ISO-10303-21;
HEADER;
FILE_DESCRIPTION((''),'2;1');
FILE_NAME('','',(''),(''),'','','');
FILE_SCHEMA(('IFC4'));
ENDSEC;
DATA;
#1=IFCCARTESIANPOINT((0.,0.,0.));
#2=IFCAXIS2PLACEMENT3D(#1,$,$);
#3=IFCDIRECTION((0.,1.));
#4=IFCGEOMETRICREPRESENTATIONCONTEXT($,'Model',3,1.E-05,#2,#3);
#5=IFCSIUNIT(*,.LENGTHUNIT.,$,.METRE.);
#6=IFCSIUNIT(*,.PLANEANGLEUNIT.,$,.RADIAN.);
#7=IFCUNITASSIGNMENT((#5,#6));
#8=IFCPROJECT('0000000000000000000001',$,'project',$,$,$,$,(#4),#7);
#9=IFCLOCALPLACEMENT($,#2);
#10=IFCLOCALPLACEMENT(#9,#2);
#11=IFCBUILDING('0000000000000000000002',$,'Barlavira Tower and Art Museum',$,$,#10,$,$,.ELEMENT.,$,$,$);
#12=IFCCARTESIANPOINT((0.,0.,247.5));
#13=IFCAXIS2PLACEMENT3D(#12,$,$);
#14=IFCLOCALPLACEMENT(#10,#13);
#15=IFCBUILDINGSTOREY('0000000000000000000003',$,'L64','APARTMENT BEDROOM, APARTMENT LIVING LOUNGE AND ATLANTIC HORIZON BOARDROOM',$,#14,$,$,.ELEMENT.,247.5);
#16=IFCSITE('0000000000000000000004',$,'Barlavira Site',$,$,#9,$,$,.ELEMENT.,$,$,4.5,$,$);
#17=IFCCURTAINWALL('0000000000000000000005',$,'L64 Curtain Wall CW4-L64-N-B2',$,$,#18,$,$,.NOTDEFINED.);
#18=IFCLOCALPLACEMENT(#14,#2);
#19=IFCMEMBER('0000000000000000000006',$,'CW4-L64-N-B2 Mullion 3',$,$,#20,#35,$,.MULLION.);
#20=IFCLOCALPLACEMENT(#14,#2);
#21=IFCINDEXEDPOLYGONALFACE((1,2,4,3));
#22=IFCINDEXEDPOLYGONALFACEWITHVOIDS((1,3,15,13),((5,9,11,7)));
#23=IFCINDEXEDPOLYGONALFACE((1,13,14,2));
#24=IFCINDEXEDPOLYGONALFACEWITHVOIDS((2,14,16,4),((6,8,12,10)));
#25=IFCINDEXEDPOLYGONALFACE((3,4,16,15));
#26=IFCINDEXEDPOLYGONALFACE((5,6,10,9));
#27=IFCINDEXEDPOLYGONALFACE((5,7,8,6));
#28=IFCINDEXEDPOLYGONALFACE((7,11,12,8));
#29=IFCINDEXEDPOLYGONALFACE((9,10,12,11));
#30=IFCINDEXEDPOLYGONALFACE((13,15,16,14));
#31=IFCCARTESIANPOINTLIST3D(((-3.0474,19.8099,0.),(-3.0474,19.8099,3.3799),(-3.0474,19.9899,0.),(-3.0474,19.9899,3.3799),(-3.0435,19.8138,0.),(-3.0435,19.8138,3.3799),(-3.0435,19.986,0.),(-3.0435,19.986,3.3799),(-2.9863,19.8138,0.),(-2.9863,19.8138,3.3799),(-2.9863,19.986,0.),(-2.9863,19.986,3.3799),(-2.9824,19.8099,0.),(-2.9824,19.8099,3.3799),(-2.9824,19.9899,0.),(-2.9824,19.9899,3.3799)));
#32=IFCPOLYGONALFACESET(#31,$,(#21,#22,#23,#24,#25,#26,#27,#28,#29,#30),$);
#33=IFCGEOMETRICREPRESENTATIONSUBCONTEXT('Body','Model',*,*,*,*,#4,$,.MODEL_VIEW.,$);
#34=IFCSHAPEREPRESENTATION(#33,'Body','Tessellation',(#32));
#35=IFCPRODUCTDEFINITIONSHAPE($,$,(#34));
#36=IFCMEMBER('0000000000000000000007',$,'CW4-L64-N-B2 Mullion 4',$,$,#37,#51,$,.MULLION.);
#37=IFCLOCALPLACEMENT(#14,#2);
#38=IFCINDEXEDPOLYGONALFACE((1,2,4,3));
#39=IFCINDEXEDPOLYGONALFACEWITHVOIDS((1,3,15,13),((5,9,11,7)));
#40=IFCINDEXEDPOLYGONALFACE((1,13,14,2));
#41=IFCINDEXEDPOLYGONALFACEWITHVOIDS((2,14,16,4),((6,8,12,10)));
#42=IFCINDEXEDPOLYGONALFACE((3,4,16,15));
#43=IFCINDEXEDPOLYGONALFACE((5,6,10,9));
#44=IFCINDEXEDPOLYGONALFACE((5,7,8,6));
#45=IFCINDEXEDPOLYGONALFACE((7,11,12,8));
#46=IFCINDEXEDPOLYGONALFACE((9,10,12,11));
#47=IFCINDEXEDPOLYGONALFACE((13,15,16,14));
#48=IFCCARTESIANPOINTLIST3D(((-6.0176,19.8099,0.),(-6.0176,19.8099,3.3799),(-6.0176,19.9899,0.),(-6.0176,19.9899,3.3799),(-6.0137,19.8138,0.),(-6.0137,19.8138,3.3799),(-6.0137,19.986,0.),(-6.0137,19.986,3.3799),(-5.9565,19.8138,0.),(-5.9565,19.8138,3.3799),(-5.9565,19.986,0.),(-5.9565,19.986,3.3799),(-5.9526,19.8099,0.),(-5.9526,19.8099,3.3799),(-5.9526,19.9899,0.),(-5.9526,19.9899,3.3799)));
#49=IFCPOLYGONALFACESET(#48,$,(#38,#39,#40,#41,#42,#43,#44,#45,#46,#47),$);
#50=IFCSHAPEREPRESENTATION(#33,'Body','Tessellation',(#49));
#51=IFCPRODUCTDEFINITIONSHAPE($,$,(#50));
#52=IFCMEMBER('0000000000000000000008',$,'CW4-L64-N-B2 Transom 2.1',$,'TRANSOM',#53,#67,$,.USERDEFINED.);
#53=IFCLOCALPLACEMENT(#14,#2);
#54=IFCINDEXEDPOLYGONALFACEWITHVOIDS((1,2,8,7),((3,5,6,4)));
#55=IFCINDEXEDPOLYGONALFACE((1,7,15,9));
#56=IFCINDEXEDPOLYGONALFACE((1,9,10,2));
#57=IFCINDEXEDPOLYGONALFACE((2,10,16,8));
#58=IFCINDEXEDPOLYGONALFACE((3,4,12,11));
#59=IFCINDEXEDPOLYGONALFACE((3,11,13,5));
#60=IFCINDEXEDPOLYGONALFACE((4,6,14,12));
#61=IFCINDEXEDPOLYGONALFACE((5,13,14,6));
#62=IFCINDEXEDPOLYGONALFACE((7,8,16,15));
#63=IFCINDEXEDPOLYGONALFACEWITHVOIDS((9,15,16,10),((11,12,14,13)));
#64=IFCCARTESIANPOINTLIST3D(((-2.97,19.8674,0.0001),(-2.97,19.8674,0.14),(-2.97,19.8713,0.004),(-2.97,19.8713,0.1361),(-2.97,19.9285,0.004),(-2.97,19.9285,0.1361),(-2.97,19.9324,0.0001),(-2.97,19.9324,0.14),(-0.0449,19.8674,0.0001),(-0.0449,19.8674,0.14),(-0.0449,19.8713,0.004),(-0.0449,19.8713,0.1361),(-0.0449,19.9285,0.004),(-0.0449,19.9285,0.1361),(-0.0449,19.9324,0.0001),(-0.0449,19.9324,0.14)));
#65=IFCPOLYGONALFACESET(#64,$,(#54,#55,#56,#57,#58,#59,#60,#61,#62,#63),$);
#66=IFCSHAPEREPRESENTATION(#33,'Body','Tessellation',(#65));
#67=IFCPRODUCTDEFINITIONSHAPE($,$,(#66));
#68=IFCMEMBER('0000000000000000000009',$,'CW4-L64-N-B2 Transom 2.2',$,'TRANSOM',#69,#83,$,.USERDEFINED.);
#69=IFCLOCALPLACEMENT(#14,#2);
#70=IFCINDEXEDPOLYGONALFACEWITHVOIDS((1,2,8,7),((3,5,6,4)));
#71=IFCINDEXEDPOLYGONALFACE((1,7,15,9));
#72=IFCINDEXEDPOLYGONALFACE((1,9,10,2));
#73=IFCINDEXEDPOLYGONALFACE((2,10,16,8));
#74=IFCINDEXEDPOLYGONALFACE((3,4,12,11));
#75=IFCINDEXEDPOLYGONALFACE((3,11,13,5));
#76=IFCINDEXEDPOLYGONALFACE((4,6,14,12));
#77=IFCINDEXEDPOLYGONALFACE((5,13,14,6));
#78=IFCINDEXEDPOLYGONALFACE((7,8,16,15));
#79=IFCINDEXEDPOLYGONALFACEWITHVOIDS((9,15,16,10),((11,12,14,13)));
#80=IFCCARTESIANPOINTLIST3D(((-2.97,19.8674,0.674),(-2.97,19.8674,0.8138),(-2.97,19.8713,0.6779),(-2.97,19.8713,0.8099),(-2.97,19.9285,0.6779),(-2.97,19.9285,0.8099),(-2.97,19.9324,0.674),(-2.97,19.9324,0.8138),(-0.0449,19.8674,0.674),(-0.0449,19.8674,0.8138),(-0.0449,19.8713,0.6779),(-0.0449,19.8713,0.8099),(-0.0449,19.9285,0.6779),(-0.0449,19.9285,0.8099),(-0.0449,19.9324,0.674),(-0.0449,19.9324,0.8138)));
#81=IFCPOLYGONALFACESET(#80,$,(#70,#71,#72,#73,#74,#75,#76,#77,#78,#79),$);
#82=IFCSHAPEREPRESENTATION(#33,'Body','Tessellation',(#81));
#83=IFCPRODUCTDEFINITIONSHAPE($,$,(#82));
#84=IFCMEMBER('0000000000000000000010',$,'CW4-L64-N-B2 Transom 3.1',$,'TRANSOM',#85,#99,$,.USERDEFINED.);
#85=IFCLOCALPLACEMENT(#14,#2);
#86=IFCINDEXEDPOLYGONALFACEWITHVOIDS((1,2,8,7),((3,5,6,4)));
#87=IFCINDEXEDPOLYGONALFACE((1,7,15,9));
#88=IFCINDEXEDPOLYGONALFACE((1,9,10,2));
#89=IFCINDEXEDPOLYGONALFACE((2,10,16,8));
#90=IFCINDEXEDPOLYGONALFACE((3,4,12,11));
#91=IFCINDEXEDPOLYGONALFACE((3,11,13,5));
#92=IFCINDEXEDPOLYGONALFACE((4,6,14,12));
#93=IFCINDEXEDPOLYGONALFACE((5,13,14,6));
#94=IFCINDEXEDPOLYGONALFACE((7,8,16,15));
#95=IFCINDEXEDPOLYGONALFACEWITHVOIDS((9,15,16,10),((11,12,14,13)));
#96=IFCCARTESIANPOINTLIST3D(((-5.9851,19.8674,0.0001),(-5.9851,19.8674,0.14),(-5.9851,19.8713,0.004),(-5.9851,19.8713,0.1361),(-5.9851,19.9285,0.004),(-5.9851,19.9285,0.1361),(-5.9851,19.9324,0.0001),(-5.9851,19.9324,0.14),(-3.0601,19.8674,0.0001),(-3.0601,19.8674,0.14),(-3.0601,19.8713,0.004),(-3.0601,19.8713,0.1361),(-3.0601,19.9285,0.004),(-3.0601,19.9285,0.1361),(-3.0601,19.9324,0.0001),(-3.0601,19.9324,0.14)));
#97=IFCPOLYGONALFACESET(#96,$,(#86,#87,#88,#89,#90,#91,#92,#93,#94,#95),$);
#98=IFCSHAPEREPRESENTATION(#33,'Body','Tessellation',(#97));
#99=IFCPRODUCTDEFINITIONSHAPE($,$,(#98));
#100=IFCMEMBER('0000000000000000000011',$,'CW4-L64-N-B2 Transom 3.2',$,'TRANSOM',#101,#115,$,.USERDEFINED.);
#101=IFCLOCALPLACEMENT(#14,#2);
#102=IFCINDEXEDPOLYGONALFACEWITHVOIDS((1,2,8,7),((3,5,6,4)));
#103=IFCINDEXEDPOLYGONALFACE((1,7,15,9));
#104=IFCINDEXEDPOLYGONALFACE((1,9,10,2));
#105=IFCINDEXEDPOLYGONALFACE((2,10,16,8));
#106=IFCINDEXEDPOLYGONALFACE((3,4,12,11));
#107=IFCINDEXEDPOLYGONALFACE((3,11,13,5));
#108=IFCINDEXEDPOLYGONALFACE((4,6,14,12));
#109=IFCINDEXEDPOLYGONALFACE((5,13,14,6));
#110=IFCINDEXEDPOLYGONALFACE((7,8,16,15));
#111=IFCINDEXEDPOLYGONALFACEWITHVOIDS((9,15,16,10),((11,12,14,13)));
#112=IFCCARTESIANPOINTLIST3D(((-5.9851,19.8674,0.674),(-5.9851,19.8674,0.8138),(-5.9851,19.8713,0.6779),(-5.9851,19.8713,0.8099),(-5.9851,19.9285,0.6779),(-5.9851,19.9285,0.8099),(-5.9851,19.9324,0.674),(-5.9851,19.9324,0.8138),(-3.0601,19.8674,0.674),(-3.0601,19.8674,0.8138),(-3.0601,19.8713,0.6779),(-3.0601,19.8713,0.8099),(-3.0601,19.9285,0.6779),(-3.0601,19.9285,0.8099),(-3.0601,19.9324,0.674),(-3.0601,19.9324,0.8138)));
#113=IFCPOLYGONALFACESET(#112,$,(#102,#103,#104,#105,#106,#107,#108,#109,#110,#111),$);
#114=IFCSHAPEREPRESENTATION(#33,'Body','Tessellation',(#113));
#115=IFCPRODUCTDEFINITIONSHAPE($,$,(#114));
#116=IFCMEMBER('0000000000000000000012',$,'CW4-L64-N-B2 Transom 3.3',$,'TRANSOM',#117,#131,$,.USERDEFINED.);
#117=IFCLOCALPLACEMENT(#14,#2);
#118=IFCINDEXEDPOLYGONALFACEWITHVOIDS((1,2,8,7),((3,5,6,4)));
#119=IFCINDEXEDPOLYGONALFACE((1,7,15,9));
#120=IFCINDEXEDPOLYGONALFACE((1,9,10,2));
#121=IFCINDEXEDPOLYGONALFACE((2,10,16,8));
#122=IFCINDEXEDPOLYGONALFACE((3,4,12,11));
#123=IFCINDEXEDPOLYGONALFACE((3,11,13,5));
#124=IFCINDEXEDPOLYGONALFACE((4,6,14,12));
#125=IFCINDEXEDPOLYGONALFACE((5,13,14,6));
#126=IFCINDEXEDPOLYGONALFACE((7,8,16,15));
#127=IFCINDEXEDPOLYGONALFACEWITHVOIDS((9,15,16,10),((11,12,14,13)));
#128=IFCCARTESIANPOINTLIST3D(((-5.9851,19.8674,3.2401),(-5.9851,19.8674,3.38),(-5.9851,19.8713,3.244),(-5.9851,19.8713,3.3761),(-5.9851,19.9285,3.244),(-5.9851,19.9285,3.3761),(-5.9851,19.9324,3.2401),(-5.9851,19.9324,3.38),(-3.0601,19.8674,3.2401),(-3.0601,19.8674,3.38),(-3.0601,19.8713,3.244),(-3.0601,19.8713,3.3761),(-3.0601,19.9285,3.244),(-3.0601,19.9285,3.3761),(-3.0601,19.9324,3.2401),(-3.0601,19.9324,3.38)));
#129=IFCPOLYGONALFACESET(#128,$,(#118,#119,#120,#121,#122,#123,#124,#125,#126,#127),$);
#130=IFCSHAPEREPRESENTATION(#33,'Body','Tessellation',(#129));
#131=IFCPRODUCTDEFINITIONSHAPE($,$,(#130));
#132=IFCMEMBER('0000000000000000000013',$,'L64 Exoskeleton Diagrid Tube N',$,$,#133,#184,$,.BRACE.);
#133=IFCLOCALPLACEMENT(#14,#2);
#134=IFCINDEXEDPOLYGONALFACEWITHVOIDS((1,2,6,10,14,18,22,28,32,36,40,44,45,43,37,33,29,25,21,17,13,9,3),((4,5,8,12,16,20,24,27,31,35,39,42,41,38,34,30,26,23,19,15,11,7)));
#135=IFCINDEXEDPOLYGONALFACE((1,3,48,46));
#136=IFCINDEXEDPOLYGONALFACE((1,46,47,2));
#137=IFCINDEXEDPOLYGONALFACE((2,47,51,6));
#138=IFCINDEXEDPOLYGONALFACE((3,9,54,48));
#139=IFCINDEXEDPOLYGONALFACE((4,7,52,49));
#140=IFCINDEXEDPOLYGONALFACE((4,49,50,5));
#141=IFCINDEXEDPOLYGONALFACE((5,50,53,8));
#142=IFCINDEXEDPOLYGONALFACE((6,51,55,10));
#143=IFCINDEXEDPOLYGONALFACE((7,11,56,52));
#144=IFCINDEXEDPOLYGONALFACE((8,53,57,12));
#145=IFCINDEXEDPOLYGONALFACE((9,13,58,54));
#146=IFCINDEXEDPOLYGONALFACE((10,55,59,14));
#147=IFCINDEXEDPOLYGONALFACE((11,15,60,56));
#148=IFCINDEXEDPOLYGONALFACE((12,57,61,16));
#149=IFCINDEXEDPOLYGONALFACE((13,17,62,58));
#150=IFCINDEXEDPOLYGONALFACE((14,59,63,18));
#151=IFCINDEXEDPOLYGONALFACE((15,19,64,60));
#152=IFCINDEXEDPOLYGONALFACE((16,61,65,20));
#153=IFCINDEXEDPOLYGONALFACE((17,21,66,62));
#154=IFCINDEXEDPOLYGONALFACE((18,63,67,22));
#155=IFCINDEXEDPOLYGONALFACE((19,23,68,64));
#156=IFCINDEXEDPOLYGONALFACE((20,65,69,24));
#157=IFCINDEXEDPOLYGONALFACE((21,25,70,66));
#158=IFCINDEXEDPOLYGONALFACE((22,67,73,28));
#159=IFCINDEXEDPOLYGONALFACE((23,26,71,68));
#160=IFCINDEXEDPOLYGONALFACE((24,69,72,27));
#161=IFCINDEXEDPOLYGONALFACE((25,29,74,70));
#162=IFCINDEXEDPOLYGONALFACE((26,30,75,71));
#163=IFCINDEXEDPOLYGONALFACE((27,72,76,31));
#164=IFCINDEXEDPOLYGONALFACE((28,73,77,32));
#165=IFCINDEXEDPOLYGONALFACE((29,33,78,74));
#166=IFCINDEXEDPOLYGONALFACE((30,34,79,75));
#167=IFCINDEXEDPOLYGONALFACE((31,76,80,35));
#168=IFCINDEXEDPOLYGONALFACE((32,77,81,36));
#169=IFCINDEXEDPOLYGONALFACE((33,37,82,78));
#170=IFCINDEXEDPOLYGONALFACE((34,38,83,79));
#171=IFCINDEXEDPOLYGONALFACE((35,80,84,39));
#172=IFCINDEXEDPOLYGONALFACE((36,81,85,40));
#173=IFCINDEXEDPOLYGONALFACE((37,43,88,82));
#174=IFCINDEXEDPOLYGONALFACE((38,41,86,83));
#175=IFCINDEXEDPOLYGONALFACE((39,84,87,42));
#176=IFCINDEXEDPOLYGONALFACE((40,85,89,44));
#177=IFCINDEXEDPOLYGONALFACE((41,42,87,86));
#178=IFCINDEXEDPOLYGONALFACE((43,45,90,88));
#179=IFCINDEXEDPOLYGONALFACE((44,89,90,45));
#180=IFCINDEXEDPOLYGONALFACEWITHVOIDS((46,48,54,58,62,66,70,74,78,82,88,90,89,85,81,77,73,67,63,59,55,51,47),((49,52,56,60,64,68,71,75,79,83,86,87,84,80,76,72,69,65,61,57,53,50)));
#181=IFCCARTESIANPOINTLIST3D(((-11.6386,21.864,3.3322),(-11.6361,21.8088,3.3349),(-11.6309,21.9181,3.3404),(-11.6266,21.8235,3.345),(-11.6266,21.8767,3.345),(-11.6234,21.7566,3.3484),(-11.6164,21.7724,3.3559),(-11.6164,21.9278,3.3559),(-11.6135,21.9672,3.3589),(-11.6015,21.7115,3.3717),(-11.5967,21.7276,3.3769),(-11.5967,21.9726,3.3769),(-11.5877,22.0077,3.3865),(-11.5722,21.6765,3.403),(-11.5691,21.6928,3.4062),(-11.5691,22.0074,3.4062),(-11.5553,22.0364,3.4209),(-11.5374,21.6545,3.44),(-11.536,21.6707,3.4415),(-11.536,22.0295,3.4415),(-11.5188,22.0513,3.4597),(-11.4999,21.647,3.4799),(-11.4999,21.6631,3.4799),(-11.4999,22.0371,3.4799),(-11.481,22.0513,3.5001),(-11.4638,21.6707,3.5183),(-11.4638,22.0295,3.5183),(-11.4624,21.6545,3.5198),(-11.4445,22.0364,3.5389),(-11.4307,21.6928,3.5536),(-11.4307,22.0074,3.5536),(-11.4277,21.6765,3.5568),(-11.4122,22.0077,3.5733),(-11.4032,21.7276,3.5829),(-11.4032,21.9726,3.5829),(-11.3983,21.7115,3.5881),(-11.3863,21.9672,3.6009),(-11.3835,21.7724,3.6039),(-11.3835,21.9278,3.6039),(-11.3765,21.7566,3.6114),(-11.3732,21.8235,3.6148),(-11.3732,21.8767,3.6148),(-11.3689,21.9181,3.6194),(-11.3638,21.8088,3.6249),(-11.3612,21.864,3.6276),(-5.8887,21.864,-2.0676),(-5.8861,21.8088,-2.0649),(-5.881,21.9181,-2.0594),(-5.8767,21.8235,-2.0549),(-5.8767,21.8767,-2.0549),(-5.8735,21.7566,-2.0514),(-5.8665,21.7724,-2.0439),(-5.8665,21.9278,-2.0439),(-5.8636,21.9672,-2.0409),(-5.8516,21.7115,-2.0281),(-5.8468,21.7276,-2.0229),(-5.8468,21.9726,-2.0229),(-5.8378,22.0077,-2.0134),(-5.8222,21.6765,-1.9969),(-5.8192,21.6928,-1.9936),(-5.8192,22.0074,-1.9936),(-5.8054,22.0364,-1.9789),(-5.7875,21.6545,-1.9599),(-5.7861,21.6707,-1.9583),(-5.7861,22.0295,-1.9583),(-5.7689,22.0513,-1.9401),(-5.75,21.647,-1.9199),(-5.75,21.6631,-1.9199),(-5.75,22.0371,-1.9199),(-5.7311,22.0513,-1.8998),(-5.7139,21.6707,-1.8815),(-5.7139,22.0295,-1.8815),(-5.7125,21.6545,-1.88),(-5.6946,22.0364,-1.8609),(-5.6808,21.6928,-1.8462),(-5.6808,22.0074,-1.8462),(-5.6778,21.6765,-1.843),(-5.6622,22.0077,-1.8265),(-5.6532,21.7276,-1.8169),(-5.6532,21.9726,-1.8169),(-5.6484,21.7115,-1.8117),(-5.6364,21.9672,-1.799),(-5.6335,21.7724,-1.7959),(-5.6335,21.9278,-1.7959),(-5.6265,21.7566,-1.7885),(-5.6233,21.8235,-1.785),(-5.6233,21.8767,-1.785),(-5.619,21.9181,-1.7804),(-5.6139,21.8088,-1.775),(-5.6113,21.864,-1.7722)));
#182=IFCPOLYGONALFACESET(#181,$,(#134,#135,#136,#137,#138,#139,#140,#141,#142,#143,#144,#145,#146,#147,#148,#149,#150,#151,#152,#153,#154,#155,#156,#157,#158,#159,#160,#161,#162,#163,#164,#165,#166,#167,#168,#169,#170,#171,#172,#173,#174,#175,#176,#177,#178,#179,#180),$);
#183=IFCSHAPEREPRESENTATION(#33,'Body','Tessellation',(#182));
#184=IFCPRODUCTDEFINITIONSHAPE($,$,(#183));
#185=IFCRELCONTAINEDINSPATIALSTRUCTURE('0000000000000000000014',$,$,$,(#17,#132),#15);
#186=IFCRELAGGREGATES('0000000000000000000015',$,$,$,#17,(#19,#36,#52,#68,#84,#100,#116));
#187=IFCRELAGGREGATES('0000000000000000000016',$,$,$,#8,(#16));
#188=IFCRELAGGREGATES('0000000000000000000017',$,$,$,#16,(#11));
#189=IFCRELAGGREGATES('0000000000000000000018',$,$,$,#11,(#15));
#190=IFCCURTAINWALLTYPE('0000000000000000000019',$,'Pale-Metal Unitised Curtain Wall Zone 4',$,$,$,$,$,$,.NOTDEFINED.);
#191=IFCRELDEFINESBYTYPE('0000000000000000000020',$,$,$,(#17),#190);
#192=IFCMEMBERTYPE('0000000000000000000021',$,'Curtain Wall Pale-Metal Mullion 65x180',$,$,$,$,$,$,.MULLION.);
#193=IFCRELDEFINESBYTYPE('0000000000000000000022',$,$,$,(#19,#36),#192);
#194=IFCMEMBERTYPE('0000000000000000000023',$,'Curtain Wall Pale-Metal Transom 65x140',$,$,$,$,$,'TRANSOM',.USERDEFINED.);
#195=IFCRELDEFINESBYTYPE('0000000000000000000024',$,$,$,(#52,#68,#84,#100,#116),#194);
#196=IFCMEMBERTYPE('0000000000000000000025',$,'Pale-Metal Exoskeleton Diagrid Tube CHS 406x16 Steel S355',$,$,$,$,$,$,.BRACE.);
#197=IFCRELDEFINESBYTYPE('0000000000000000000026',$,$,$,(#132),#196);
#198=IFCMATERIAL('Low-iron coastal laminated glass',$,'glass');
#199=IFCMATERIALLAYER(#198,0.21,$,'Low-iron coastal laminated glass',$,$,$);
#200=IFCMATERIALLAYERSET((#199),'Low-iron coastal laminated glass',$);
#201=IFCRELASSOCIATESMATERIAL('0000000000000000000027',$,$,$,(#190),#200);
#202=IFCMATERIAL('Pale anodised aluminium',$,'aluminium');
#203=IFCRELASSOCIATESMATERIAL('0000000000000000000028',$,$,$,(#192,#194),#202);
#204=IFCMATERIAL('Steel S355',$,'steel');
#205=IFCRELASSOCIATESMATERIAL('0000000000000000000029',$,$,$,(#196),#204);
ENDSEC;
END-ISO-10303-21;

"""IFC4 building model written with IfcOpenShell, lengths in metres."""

from ifc_helpers import new_model, si_unit, direction, frame, origin, origin_2d, place, context, subcontext, project, spatial, hollow_rectangle, hollow_circle, extrude, material, layer, layer_set, material_profile, profile_set, type_object, element, aggregate, save


model = new_model("IFC4")

# Units and contexts
model_context = context("Model", 3, precision=1e-05, world=origin(), true_north=direction((0.0, 1.0)))
body_context = subcontext(model_context, "Body", "Model", "MODEL_VIEW")
ifc_project = project(units=[si_unit("LENGTHUNIT", "METRE"), si_unit("PLANEANGLEUNIT", "RADIAN")], contexts=[model_context])

# Site, building, storey
site_placement = place(None, origin())
site = spatial("IfcSite", under=ifc_project, at=site_placement, Name="Barlavira Site", CompositionType="ELEMENT", RefElevation=4.5)
building_placement = place(site_placement, origin())
building = spatial("IfcBuilding", under=site, at=building_placement, Name="Barlavira Tower and Art Museum", CompositionType="ELEMENT")
storey_placement = place(building_placement, frame((0.0, 0.0, 247.5)))
storey = spatial("IfcBuildingStorey", under=building, at=storey_placement, Name="L64", Description="APARTMENT BEDROOM, APARTMENT LIVING LOUNGE AND ATLANTIC HORIZON BOARDROOM", CompositionType="ELEMENT", Elevation=247.5)

# Curtain wall, members
ifc_material_1 = material(Name="Low-iron coastal laminated glass", Category="glass")
ifc_layer_1 = layer(ifc_material_1, 0.21, Name="Low-iron coastal laminated glass")
ifc_layer_set_1 = layer_set([ifc_layer_1], Name="Low-iron coastal laminated glass")
curtain_wall_type = type_object("IfcCurtainWallType", Name="Pale-Metal Unitised Curtain Wall Zone 4", PredefinedType="NOTDEFINED", material=ifc_layer_set_1)
curtain_wall_placement = place(storey_placement, origin())
curtain_wall = element("IfcCurtainWall", 1, at=curtain_wall_placement, inside=storey, type_object=curtain_wall_type, Name="L64 Curtain Wall CW4-L64-N-B2", PredefinedType="NOTDEFINED")
ifc_material_2 = material(Name="Pale anodised aluminium", Category="aluminium")
ifc_material_profile_1 = material_profile(ifc_material_2, hollow_rectangle(XDim=0.0649, YDim=0.1799, WallThickness=0.0039, at=origin_2d()), Name="ALU-MULL 65x180x4")
ifc_profile_set_1 = profile_set([ifc_material_profile_1], Name="Pale anodised aluminium")
member_type_1 = type_object("IfcMemberType", Name="Curtain Wall Pale-Metal Mullion 65x180", PredefinedType="MULLION", material=ifc_profile_set_1)
member_1_placement = place(storey_placement, frame((-3.0149, 19.8999, 0.0), z_axis=(0.0, 0.0, 1.0), x_axis=(-1.0, 0.0, 0.0)))
member_1 = element("IfcMember", 2, at=member_1_placement, type_object=member_type_1, Name="CW4-L64-N-B2 Mullion 3", PredefinedType="MULLION", context=body_context, shape_type="SweptSolid", body=[
    extrude(hollow_rectangle(XDim=0.0649, YDim=0.1799, WallThickness=0.0039, at=origin_2d()), origin(), (0.0, 0.0, 1.0), 3.3799),
])
member_2_placement = place(storey_placement, frame((-5.9851, 19.8999, 0.0), z_axis=(0.0, 0.0, 1.0), x_axis=(-1.0, 0.0, 0.0)))
member_2 = element("IfcMember", 3, at=member_2_placement, type_object=member_type_1, Name="CW4-L64-N-B2 Mullion 4", PredefinedType="MULLION", context=body_context, shape_type="SweptSolid", body=[
    extrude(hollow_rectangle(XDim=0.0649, YDim=0.1799, WallThickness=0.0039, at=origin_2d()), origin(), (0.0, 0.0, 1.0), 3.3799),
])
ifc_material_profile_2 = material_profile(ifc_material_2, hollow_rectangle(XDim=0.0649, YDim=0.1399, WallThickness=0.0039, at=origin_2d()), Name="ALU-TRAN 65x140x4")
ifc_profile_set_2 = profile_set([ifc_material_profile_2], Name="Pale anodised aluminium")
member_type_2 = type_object("IfcMemberType", Name="Curtain Wall Pale-Metal Transom 65x140", ElementType="TRANSOM", PredefinedType="USERDEFINED", material=ifc_profile_set_2)
member_3_placement = place(storey_placement, frame((-0.0449, 19.8999, 0.0701), z_axis=(-1.0, 0.0, 0.0), x_axis=(0.0, -1.0, 0.0)))
member_3 = element("IfcMember", 4, at=member_3_placement, type_object=member_type_2, Name="CW4-L64-N-B2 Transom 2.1", ObjectType="TRANSOM", PredefinedType="USERDEFINED", context=body_context, shape_type="SweptSolid", body=[
    extrude(hollow_rectangle(XDim=0.0649, YDim=0.1399, WallThickness=0.0039, at=origin_2d()), origin(), (0.0, 0.0, 1.0), 2.925),
])
member_4_placement = place(storey_placement, frame((-0.0449, 19.8999, 0.7439), z_axis=(-1.0, 0.0, 0.0), x_axis=(0.0, -1.0, 0.0)))
member_4 = element("IfcMember", 5, at=member_4_placement, type_object=member_type_2, Name="CW4-L64-N-B2 Transom 2.2", ObjectType="TRANSOM", PredefinedType="USERDEFINED", context=body_context, shape_type="SweptSolid", body=[
    extrude(hollow_rectangle(XDim=0.0649, YDim=0.1399, WallThickness=0.0039, at=origin_2d()), origin(), (0.0, 0.0, 1.0), 2.925),
])
member_5_placement = place(storey_placement, frame((-3.0601, 19.8999, 0.0701), z_axis=(-1.0, 0.0, 0.0), x_axis=(0.0, -1.0, 0.0)))
member_5 = element("IfcMember", 6, at=member_5_placement, type_object=member_type_2, Name="CW4-L64-N-B2 Transom 3.1", ObjectType="TRANSOM", PredefinedType="USERDEFINED", context=body_context, shape_type="SweptSolid", body=[
    extrude(hollow_rectangle(XDim=0.0649, YDim=0.1399, WallThickness=0.0039, at=origin_2d()), origin(), (0.0, 0.0, 1.0), 2.925),
])
member_6_placement = place(storey_placement, frame((-3.0601, 19.8999, 0.7439), z_axis=(-1.0, 0.0, 0.0), x_axis=(0.0, -1.0, 0.0)))
member_6 = element("IfcMember", 7, at=member_6_placement, type_object=member_type_2, Name="CW4-L64-N-B2 Transom 3.2", ObjectType="TRANSOM", PredefinedType="USERDEFINED", context=body_context, shape_type="SweptSolid", body=[
    extrude(hollow_rectangle(XDim=0.0649, YDim=0.1399, WallThickness=0.0039, at=origin_2d()), origin(), (0.0, 0.0, 1.0), 2.925),
])
member_7_placement = place(storey_placement, frame((-3.0601, 19.8999, 3.3101), z_axis=(-1.0, 0.0, 0.0), x_axis=(0.0, -1.0, 0.0)))
member_7 = element("IfcMember", 8, at=member_7_placement, type_object=member_type_2, Name="CW4-L64-N-B2 Transom 3.3", ObjectType="TRANSOM", PredefinedType="USERDEFINED", context=body_context, shape_type="SweptSolid", body=[
    extrude(hollow_rectangle(XDim=0.0649, YDim=0.1399, WallThickness=0.0039, at=origin_2d()), origin(), (0.0, 0.0, 1.0), 2.925),
])

# Member
ifc_material_3 = material(Name="Steel S355", Category="steel")
ifc_material_profile_3 = material_profile(ifc_material_3, hollow_circle(Radius=0.2031, WallThickness=0.0161, at=origin_2d()), Name="CHS 406.4x16.0")
ifc_profile_set_3 = profile_set([ifc_material_profile_3], Name="Steel S355")
member_type_3 = type_object("IfcMemberType", Name="Pale-Metal Exoskeleton Diagrid Tube CHS 406x16 Steel S355", PredefinedType="BRACE", material=ifc_profile_set_3)
for number, where, z_axis, x_axis, name in (
    (9, (-5.75, 21.8501, -1.9199), (-0.72895, 0.0, 0.684567), (0.0, -1.0, 0.0), "L64 Exoskeleton Diagrid Tube N"),
):
    element("IfcMember", number, at=place(storey_placement, frame(where, z_axis=z_axis, x_axis=x_axis)), inside=storey, type_object=member_type_3, Name=name, PredefinedType="BRACE", context=body_context, shape_type="SweptSolid", body=[
        extrude(hollow_circle(Radius=0.2031, WallThickness=0.0161, at=origin_2d()), origin(), (0.0, 0.0, 1.0), 7.8879),
    ])

aggregate(curtain_wall, [member_1, member_2, member_3, member_4, member_5, member_6, member_7])

save(model, "model.ifc")
